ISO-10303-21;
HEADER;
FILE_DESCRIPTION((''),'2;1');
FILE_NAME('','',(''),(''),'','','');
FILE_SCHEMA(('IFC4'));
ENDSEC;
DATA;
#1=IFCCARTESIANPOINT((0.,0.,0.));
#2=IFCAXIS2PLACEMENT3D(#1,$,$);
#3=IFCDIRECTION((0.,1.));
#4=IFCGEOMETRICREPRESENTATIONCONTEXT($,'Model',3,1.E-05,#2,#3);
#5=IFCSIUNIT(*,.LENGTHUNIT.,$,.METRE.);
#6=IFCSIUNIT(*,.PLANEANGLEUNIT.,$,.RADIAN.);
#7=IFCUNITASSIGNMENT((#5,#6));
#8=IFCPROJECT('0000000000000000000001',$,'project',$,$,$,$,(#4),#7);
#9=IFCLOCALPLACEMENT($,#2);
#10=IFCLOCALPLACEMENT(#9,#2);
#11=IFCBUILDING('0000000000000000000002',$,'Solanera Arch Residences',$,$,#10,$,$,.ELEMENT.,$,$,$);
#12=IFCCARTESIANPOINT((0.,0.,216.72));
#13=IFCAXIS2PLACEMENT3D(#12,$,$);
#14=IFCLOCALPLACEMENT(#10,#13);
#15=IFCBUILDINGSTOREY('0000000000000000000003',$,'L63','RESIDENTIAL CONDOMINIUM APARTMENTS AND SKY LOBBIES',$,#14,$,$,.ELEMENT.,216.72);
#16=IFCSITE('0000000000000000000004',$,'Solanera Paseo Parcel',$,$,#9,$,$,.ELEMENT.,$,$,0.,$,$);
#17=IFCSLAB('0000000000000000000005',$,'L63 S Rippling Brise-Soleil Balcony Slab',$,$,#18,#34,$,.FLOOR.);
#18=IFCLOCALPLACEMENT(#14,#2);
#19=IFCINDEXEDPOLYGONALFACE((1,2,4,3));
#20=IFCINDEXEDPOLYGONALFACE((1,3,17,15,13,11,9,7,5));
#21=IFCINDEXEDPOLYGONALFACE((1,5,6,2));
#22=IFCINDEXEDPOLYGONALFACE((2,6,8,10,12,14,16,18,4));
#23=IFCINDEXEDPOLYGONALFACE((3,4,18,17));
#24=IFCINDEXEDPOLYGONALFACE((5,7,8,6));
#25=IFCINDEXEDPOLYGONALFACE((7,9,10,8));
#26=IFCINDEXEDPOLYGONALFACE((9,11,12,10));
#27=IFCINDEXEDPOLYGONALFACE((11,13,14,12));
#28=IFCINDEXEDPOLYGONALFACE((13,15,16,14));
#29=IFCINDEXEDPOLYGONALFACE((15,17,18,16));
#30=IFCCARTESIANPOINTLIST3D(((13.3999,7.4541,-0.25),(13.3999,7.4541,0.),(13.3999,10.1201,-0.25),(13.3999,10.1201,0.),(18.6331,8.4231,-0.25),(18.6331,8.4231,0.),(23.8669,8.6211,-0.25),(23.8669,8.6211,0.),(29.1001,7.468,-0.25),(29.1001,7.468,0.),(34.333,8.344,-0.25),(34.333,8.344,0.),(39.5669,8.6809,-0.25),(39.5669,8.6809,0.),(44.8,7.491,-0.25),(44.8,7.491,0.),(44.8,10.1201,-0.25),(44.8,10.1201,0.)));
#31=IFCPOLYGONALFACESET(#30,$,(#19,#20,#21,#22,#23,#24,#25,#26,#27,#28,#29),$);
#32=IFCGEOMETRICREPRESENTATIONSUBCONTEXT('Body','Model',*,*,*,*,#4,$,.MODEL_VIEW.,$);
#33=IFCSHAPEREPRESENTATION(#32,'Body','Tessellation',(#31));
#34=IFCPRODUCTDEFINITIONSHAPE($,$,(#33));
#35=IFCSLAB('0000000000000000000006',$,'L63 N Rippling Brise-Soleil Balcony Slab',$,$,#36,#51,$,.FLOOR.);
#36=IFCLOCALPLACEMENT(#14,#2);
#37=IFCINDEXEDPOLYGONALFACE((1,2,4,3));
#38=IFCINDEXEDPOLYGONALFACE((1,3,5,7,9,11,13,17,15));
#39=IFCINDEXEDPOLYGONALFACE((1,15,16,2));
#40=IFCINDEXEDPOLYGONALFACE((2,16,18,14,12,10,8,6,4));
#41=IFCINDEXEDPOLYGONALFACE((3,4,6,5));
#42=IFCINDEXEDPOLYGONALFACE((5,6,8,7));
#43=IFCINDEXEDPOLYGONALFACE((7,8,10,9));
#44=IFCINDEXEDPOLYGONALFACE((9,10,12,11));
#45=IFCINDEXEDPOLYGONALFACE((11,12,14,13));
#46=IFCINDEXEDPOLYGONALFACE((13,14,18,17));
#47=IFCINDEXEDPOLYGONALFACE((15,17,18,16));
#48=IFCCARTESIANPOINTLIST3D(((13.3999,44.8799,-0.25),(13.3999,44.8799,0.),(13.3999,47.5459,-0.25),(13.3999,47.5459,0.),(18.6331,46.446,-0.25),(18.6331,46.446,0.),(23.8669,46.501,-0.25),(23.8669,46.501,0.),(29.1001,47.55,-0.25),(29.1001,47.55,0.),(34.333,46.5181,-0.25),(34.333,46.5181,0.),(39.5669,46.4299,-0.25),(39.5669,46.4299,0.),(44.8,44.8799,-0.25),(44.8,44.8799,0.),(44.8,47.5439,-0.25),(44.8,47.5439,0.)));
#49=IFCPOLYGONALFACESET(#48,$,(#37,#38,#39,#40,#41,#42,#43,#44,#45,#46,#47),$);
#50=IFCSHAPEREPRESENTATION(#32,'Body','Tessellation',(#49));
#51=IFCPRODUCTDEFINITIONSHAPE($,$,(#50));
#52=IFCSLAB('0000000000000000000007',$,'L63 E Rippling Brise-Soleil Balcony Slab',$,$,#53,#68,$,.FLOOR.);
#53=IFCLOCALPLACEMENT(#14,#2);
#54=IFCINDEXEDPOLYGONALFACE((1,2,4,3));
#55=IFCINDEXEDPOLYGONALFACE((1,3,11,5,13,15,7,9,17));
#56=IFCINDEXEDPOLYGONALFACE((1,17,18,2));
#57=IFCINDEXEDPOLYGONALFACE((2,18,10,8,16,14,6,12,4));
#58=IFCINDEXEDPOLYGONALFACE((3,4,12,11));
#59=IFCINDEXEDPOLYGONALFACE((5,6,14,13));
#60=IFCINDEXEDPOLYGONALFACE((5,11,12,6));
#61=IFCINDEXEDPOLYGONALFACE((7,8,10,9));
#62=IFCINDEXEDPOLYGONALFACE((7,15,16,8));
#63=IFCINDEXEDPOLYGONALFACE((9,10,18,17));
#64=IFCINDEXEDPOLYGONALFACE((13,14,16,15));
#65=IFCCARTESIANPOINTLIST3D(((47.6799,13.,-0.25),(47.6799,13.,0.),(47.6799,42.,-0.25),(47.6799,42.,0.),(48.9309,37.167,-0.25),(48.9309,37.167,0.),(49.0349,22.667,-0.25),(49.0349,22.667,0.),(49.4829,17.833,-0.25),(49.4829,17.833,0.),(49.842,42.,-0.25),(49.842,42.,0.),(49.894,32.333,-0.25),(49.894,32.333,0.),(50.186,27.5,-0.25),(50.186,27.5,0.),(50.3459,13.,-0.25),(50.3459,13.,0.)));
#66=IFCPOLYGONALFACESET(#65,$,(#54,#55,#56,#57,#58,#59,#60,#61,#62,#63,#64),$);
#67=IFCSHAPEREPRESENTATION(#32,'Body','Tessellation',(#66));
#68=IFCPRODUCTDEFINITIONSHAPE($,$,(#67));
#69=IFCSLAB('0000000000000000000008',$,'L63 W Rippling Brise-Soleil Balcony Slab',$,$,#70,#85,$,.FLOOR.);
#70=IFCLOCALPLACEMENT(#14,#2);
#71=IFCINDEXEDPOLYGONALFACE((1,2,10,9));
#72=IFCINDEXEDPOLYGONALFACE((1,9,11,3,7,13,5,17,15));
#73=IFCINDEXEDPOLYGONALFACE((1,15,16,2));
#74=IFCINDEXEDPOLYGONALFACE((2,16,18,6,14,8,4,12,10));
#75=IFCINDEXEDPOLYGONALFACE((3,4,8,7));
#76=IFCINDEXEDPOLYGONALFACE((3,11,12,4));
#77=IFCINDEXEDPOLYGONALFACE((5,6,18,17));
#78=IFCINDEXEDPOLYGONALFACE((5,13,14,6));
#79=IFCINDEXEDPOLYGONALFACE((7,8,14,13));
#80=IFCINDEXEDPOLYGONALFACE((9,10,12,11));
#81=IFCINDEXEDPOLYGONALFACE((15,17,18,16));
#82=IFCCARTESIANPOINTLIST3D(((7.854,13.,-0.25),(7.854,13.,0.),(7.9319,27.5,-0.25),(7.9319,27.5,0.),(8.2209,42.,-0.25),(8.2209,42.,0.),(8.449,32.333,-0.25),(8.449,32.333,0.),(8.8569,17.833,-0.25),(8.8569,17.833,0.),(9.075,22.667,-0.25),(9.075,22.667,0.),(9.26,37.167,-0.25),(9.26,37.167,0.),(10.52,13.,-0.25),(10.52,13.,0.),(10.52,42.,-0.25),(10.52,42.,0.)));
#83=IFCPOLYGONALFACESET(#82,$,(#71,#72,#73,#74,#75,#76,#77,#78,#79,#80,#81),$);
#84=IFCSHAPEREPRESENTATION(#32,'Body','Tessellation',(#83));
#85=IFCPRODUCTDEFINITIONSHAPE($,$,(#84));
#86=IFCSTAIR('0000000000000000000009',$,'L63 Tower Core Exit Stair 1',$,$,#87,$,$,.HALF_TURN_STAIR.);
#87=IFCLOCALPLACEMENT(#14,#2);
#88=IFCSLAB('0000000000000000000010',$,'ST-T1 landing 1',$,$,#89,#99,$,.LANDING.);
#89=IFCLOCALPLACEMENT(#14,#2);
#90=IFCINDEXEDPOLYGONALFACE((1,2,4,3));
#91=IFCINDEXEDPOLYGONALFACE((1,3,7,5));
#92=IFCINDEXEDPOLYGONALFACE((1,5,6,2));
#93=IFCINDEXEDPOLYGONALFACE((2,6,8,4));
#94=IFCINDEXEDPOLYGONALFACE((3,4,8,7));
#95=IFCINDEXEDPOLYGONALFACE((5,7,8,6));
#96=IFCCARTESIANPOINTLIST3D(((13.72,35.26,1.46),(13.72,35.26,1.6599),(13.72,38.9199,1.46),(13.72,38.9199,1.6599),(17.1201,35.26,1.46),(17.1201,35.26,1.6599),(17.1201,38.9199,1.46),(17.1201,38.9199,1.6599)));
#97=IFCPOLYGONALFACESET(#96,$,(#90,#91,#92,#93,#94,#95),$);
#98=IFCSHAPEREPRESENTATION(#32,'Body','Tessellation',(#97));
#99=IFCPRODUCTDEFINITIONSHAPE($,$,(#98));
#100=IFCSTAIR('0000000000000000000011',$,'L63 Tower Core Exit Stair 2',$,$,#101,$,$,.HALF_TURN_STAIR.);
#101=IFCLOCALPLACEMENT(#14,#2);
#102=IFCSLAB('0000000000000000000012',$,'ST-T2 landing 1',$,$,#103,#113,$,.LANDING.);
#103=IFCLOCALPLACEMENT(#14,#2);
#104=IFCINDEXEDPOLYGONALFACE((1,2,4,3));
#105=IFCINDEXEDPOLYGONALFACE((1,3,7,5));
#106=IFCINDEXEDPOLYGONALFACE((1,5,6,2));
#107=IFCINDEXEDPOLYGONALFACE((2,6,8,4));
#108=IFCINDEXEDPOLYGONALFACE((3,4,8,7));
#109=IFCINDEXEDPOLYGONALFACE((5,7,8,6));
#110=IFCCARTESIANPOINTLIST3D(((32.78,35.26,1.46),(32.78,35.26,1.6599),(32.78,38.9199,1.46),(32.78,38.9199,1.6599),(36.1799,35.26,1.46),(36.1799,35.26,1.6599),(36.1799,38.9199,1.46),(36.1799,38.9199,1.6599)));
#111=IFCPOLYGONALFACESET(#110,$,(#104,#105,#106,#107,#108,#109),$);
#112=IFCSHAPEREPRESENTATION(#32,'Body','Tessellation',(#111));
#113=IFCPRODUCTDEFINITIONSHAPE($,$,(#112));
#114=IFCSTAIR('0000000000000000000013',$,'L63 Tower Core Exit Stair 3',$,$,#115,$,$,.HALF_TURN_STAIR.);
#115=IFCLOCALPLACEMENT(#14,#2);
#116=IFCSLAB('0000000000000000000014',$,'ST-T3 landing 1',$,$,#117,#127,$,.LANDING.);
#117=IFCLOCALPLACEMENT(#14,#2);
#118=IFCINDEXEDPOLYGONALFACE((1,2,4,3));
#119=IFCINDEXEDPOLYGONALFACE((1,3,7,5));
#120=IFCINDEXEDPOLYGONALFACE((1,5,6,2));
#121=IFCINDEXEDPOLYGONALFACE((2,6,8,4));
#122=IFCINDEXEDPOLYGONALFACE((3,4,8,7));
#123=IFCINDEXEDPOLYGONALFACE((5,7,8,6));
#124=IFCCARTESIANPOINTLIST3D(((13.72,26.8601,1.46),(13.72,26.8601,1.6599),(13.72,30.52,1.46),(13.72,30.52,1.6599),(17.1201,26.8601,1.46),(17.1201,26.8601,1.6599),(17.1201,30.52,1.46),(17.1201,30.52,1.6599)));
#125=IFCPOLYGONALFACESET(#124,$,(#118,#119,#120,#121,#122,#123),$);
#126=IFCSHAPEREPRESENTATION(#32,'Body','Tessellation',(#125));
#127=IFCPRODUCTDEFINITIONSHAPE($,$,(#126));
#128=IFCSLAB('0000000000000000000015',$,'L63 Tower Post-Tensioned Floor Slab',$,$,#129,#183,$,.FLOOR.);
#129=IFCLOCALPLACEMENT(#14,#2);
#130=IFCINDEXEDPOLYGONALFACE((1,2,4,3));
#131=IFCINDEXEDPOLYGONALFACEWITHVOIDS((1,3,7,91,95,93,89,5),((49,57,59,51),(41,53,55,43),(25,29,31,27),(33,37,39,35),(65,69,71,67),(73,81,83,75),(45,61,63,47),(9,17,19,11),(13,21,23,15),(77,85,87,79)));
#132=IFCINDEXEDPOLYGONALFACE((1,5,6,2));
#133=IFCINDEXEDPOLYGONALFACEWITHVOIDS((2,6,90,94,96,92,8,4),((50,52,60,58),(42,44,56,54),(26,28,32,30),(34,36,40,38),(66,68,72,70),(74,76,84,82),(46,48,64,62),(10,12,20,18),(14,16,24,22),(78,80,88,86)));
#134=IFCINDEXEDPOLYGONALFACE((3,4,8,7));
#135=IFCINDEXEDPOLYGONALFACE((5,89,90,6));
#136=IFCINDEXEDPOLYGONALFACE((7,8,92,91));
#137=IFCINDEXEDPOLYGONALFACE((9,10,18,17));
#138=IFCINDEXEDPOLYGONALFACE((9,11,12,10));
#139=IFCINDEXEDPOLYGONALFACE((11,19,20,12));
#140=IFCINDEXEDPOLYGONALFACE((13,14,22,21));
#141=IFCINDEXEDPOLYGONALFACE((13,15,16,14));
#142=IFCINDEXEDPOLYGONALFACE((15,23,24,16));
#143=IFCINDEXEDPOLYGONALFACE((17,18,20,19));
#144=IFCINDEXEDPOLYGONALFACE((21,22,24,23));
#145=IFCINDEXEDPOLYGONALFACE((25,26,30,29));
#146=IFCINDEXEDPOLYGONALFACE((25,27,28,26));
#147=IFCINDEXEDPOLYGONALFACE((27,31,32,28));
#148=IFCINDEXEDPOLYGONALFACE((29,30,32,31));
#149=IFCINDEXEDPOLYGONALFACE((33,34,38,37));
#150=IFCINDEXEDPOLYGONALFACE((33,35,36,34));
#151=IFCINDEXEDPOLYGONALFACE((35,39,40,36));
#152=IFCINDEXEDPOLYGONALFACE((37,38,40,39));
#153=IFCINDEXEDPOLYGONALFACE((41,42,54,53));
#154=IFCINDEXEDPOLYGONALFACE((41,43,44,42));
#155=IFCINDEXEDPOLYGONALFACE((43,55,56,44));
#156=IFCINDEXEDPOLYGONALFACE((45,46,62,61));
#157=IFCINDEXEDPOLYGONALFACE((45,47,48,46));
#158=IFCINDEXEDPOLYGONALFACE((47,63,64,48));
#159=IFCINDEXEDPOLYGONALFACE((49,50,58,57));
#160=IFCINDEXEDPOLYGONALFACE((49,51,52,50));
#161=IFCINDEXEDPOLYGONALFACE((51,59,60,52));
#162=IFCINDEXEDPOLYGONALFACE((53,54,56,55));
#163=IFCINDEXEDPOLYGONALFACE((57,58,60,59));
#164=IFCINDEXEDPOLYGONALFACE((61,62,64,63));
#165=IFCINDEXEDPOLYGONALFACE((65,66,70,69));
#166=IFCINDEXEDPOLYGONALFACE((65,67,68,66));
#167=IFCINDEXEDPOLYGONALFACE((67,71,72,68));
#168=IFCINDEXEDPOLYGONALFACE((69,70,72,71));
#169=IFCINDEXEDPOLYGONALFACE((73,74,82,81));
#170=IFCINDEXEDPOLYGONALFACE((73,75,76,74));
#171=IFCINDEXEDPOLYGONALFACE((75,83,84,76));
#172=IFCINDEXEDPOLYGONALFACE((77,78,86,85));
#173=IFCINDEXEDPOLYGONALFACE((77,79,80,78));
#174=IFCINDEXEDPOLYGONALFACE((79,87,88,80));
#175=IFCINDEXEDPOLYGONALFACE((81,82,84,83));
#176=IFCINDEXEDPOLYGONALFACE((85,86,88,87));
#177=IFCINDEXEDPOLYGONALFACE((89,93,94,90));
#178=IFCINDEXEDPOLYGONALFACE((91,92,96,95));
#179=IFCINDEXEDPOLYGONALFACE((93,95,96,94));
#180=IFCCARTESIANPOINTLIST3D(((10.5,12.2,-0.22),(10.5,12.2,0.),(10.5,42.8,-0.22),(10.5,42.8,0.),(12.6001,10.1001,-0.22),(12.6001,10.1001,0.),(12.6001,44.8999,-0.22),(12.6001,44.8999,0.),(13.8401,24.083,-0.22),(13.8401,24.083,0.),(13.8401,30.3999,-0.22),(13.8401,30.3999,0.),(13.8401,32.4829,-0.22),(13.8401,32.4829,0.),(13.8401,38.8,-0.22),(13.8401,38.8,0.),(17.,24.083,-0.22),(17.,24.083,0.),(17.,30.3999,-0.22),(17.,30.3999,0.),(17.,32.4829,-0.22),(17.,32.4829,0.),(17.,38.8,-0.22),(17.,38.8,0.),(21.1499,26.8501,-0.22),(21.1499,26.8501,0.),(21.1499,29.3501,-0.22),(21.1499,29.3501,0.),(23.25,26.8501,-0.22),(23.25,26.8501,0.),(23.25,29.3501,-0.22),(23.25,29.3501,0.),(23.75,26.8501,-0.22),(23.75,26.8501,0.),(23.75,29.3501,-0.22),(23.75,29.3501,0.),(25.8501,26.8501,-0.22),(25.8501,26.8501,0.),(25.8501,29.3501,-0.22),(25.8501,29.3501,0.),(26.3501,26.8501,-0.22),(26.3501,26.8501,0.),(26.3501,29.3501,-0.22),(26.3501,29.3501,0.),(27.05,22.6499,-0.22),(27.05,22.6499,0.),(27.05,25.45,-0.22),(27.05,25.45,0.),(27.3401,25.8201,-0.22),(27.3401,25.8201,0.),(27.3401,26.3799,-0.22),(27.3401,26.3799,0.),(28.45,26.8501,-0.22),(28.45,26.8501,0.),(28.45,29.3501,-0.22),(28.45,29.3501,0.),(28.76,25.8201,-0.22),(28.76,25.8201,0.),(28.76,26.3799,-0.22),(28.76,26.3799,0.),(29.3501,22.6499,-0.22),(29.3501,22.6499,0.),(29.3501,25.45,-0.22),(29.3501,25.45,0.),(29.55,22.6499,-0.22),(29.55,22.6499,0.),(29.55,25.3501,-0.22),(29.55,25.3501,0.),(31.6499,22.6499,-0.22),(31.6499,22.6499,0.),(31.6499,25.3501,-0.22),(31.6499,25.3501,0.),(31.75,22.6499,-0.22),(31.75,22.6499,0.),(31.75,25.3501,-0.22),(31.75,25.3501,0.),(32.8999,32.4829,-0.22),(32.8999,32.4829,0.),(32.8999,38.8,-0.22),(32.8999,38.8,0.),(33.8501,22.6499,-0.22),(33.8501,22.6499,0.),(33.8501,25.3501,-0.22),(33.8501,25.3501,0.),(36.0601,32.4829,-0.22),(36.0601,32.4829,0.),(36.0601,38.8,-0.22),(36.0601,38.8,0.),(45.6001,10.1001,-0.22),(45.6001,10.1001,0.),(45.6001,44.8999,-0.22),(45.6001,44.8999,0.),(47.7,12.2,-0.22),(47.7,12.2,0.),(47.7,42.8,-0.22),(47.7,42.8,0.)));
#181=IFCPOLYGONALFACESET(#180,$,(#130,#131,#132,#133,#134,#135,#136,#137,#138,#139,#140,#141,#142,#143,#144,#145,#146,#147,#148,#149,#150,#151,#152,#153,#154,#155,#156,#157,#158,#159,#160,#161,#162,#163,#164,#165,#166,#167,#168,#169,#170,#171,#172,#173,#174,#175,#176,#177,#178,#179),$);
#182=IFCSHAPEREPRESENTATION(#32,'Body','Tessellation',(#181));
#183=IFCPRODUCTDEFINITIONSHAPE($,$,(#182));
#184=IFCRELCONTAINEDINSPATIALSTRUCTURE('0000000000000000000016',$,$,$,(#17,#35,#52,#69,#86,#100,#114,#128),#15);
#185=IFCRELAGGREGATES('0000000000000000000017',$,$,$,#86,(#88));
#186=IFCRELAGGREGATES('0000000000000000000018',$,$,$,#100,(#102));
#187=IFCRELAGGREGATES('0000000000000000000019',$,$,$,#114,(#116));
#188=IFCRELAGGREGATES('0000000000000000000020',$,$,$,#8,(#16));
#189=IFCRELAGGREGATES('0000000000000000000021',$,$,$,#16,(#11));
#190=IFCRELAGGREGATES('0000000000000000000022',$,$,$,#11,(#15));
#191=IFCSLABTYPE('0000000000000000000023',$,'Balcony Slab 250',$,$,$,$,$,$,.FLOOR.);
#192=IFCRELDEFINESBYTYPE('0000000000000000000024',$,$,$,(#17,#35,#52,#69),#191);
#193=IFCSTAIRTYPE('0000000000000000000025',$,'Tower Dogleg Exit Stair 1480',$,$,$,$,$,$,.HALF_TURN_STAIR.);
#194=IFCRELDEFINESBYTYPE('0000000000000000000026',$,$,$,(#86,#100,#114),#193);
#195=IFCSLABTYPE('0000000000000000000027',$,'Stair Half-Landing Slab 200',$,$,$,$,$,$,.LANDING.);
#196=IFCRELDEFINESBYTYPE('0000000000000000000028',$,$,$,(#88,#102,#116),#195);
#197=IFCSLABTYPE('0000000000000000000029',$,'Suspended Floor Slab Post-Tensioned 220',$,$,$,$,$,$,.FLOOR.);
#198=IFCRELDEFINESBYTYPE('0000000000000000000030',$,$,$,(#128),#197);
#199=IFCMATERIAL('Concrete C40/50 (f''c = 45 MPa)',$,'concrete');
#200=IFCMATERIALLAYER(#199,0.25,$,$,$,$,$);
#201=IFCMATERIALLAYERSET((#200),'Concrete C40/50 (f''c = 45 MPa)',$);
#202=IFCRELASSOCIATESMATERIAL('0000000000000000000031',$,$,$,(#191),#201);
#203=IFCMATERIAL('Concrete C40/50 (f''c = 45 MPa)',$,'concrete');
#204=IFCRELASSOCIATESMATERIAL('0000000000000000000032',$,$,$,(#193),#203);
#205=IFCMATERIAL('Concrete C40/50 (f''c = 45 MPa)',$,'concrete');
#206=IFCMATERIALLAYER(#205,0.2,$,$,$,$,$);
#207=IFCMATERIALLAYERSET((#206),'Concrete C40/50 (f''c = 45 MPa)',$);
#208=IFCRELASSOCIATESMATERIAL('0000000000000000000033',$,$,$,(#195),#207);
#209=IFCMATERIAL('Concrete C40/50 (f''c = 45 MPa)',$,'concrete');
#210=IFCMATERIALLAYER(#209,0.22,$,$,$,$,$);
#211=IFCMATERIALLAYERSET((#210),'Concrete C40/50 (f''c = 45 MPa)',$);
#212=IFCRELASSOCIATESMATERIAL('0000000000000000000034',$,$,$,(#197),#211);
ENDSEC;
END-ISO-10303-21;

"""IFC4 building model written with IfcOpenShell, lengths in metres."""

from ifc_helpers import new_model, si_unit, direction, frame, origin, place, context, subcontext, project, spatial, polyline, outline, extrude, material, layer, layer_set, type_object, element, aggregate, save


model = new_model("IFC4")

# Units and contexts
model_context = context("Model", 3, precision=1e-05, world=origin(), true_north=direction((0.0, 1.0)))
body_context = subcontext(model_context, "Body", "Model", "MODEL_VIEW")
ifc_project = project(units=[si_unit("LENGTHUNIT", "METRE"), si_unit("PLANEANGLEUNIT", "RADIAN")], contexts=[model_context])

# Site, building, storey
site_placement = place(None, origin())
site = spatial("IfcSite", under=ifc_project, at=site_placement, Name="Solanera Paseo Parcel", CompositionType="ELEMENT", RefElevation=0.0)
building_placement = place(site_placement, origin())
building = spatial("IfcBuilding", under=site, at=building_placement, Name="Solanera Arch Residences", CompositionType="ELEMENT")
storey_placement = place(building_placement, frame((0.0, 0.0, 216.72)))
storey = spatial("IfcBuildingStorey", under=building, at=storey_placement, Name="L63", Description="RESIDENTIAL CONDOMINIUM APARTMENTS AND SKY LOBBIES", CompositionType="ELEMENT", Elevation=216.72)

# Slabs
ifc_material_1 = material(Name="Concrete C40/50 (f'c = 45 MPa)", Category="concrete")
ifc_layer_1 = layer(ifc_material_1, 0.25)
ifc_layer_set_1 = layer_set([ifc_layer_1], Name="Concrete C40/50 (f'c = 45 MPa)")
slab_type_1 = type_object("IfcSlabType", Name="Balcony Slab 250", PredefinedType="FLOOR", material=ifc_layer_set_1)
slab_1_placement = place(storey_placement, frame((0.0, 0.0, -0.25)))
element("IfcSlab", 1, at=slab_1_placement, inside=storey, type_object=slab_type_1, Name="L63 S Rippling Brise-Soleil Balcony Slab", PredefinedType="FLOOR", context=body_context, shape_type="SweptSolid", body=[
    extrude(outline(polyline([(13.3999, 7.4541), (18.6331, 8.4231), (23.8669, 8.6211), (29.1001, 7.468), (34.333, 8.344), (39.5669, 8.6809), (44.8, 7.491), (44.8, 10.1201), (13.3999, 10.1201), (13.3999, 7.4541)])), origin(), (0.0, 0.0, 1.0), 0.25),
])
slab_2_placement = place(storey_placement, frame((0.0, 0.0, -0.25)))
element("IfcSlab", 2, at=slab_2_placement, inside=storey, type_object=slab_type_1, Name="L63 N Rippling Brise-Soleil Balcony Slab", PredefinedType="FLOOR", context=body_context, shape_type="SweptSolid", body=[
    extrude(outline(polyline([(44.8, 47.5439), (39.5669, 46.4299), (34.333, 46.5181), (29.1001, 47.55), (23.8669, 46.501), (18.6331, 46.446), (13.3999, 47.5459), (13.3999, 44.8799), (44.8, 44.8799), (44.8, 47.5439)])), origin(), (0.0, 0.0, 1.0), 0.25),
])
slab_3_placement = place(storey_placement, frame((0.0, 0.0, -0.25)))
element("IfcSlab", 3, at=slab_3_placement, inside=storey, type_object=slab_type_1, Name="L63 E Rippling Brise-Soleil Balcony Slab", PredefinedType="FLOOR", context=body_context, shape_type="SweptSolid", body=[
    extrude(outline(polyline([(50.3459, 13.0), (49.4829, 17.833), (49.0349, 22.667), (50.186, 27.5), (49.894, 32.333), (48.9309, 37.167), (49.842, 42.0), (47.6799, 42.0), (47.6799, 13.0), (50.3459, 13.0)])), origin(), (0.0, 0.0, 1.0), 0.25),
])
slab_4_placement = place(storey_placement, frame((0.0, 0.0, -0.25)))
element("IfcSlab", 4, at=slab_4_placement, inside=storey, type_object=slab_type_1, Name="L63 W Rippling Brise-Soleil Balcony Slab", PredefinedType="FLOOR", context=body_context, shape_type="SweptSolid", body=[
    extrude(outline(polyline([(8.2209, 42.0), (9.26, 37.167), (8.449, 32.333), (7.9319, 27.5), (9.075, 22.667), (8.8569, 17.833), (7.854, 13.0), (10.52, 13.0), (10.52, 42.0), (8.2209, 42.0)])), origin(), (0.0, 0.0, 1.0), 0.25),
])

# Stairs, slabs
ifc_material_2 = material(Name="Concrete C40/50 (f'c = 45 MPa)", Category="concrete")
stair_type = type_object("IfcStairType", Name="Tower Dogleg Exit Stair 1480", PredefinedType="HALF_TURN_STAIR", material=ifc_material_2)
stair_1_placement = place(storey_placement, origin())
stair_1 = element("IfcStair", 5, at=stair_1_placement, inside=storey, type_object=stair_type, Name="L63 Tower Core Exit Stair 1", PredefinedType="HALF_TURN_STAIR")
ifc_material_3 = material(Name="Concrete C40/50 (f'c = 45 MPa)", Category="concrete")
ifc_layer_2 = layer(ifc_material_3, 0.2)
ifc_layer_set_2 = layer_set([ifc_layer_2], Name="Concrete C40/50 (f'c = 45 MPa)")
slab_type_2 = type_object("IfcSlabType", Name="Stair Half-Landing Slab 200", PredefinedType="LANDING", material=ifc_layer_set_2)
slab_5_placement = place(storey_placement, frame((0.0, 0.0, 1.46)))
slab_5 = element("IfcSlab", 6, at=slab_5_placement, type_object=slab_type_2, Name="ST-T1 landing 1", PredefinedType="LANDING", context=body_context, shape_type="SweptSolid", body=[
    extrude(outline(polyline([(17.1201, 35.26), (17.1201, 38.9199), (13.72, 38.9199), (13.72, 35.26), (17.1201, 35.26)])), origin(), (0.0, 0.0, 1.0), 0.2),
])
aggregate(stair_1, [slab_5])
stair_2_placement = place(storey_placement, origin())
stair_2 = element("IfcStair", 7, at=stair_2_placement, inside=storey, type_object=stair_type, Name="L63 Tower Core Exit Stair 2", PredefinedType="HALF_TURN_STAIR")
slab_6_placement = place(storey_placement, frame((0.0, 0.0, 1.46)))
slab_6 = element("IfcSlab", 8, at=slab_6_placement, type_object=slab_type_2, Name="ST-T2 landing 1", PredefinedType="LANDING", context=body_context, shape_type="SweptSolid", body=[
    extrude(outline(polyline([(36.1799, 35.26), (36.1799, 38.9199), (32.78, 38.9199), (32.78, 35.26), (36.1799, 35.26)])), origin(), (0.0, 0.0, 1.0), 0.2),
])
aggregate(stair_2, [slab_6])
stair_3_placement = place(storey_placement, origin())
stair_3 = element("IfcStair", 9, at=stair_3_placement, inside=storey, type_object=stair_type, Name="L63 Tower Core Exit Stair 3", PredefinedType="HALF_TURN_STAIR")
slab_7_placement = place(storey_placement, frame((0.0, 0.0, 1.46)))
slab_7 = element("IfcSlab", 10, at=slab_7_placement, type_object=slab_type_2, Name="ST-T3 landing 1", PredefinedType="LANDING", context=body_context, shape_type="SweptSolid", body=[
    extrude(outline(polyline([(17.1201, 26.8601), (17.1201, 30.52), (13.72, 30.52), (13.72, 26.8601), (17.1201, 26.8601)])), origin(), (0.0, 0.0, 1.0), 0.2),
])
aggregate(stair_3, [slab_7])

# Slab
ifc_material_4 = material(Name="Concrete C40/50 (f'c = 45 MPa)", Category="concrete")
ifc_layer_3 = layer(ifc_material_4, 0.22)
ifc_layer_set_3 = layer_set([ifc_layer_3], Name="Concrete C40/50 (f'c = 45 MPa)")
slab_type_3 = type_object("IfcSlabType", Name="Suspended Floor Slab Post-Tensioned 220", PredefinedType="FLOOR", material=ifc_layer_set_3)
slab_8_placement = place(storey_placement, frame((0.0, 0.0, -0.22)))
element("IfcSlab", 11, at=slab_8_placement, inside=storey, type_object=slab_type_3, Name="L63 Tower Post-Tensioned Floor Slab", PredefinedType="FLOOR", context=body_context, shape_type="SweptSolid", body=[
    extrude(outline(polyline([(12.6001, 10.1001), (45.6001, 10.1001), (47.7, 12.2), (47.7, 42.8), (45.6001, 44.8999), (12.6001, 44.8999), (10.5, 42.8), (10.5, 12.2), (12.6001, 10.1001)]), holes=[polyline([(13.8401, 32.4829), (13.8401, 38.8), (17.0, 38.8), (17.0, 32.4829), (13.8401, 32.4829)]), polyline([(32.8999, 32.4829), (32.8999, 38.8), (36.0601, 38.8), (36.0601, 32.4829), (32.8999, 32.4829)]), polyline([(13.8401, 24.083), (13.8401, 30.3999), (17.0, 30.3999), (17.0, 24.083), (13.8401, 24.083)]), polyline([(21.1499, 29.3501), (23.25, 29.3501), (23.25, 26.8501), (21.1499, 26.8501), (21.1499, 29.3501)]), polyline([(23.75, 29.3501), (25.8501, 29.3501), (25.8501, 26.8501), (23.75, 26.8501), (23.75, 29.3501)]), polyline([(26.3501, 29.3501), (28.45, 29.3501), (28.45, 26.8501), (26.3501, 26.8501), (26.3501, 29.3501)]), polyline([(29.55, 25.3501), (31.6499, 25.3501), (31.6499, 22.6499), (29.55, 22.6499), (29.55, 25.3501)]), polyline([(31.75, 25.3501), (33.8501, 25.3501), (33.8501, 22.6499), (31.75, 22.6499), (31.75, 25.3501)]), polyline([(27.05, 25.45), (29.3501, 25.45), (29.3501, 22.6499), (27.05, 22.6499), (27.05, 25.45)]), polyline([(27.3401, 26.3799), (28.76, 26.3799), (28.76, 25.8201), (27.3401, 25.8201), (27.3401, 26.3799)])]), origin(), (0.0, 0.0, 1.0), 0.22),
])

save(model, "model.ifc")
